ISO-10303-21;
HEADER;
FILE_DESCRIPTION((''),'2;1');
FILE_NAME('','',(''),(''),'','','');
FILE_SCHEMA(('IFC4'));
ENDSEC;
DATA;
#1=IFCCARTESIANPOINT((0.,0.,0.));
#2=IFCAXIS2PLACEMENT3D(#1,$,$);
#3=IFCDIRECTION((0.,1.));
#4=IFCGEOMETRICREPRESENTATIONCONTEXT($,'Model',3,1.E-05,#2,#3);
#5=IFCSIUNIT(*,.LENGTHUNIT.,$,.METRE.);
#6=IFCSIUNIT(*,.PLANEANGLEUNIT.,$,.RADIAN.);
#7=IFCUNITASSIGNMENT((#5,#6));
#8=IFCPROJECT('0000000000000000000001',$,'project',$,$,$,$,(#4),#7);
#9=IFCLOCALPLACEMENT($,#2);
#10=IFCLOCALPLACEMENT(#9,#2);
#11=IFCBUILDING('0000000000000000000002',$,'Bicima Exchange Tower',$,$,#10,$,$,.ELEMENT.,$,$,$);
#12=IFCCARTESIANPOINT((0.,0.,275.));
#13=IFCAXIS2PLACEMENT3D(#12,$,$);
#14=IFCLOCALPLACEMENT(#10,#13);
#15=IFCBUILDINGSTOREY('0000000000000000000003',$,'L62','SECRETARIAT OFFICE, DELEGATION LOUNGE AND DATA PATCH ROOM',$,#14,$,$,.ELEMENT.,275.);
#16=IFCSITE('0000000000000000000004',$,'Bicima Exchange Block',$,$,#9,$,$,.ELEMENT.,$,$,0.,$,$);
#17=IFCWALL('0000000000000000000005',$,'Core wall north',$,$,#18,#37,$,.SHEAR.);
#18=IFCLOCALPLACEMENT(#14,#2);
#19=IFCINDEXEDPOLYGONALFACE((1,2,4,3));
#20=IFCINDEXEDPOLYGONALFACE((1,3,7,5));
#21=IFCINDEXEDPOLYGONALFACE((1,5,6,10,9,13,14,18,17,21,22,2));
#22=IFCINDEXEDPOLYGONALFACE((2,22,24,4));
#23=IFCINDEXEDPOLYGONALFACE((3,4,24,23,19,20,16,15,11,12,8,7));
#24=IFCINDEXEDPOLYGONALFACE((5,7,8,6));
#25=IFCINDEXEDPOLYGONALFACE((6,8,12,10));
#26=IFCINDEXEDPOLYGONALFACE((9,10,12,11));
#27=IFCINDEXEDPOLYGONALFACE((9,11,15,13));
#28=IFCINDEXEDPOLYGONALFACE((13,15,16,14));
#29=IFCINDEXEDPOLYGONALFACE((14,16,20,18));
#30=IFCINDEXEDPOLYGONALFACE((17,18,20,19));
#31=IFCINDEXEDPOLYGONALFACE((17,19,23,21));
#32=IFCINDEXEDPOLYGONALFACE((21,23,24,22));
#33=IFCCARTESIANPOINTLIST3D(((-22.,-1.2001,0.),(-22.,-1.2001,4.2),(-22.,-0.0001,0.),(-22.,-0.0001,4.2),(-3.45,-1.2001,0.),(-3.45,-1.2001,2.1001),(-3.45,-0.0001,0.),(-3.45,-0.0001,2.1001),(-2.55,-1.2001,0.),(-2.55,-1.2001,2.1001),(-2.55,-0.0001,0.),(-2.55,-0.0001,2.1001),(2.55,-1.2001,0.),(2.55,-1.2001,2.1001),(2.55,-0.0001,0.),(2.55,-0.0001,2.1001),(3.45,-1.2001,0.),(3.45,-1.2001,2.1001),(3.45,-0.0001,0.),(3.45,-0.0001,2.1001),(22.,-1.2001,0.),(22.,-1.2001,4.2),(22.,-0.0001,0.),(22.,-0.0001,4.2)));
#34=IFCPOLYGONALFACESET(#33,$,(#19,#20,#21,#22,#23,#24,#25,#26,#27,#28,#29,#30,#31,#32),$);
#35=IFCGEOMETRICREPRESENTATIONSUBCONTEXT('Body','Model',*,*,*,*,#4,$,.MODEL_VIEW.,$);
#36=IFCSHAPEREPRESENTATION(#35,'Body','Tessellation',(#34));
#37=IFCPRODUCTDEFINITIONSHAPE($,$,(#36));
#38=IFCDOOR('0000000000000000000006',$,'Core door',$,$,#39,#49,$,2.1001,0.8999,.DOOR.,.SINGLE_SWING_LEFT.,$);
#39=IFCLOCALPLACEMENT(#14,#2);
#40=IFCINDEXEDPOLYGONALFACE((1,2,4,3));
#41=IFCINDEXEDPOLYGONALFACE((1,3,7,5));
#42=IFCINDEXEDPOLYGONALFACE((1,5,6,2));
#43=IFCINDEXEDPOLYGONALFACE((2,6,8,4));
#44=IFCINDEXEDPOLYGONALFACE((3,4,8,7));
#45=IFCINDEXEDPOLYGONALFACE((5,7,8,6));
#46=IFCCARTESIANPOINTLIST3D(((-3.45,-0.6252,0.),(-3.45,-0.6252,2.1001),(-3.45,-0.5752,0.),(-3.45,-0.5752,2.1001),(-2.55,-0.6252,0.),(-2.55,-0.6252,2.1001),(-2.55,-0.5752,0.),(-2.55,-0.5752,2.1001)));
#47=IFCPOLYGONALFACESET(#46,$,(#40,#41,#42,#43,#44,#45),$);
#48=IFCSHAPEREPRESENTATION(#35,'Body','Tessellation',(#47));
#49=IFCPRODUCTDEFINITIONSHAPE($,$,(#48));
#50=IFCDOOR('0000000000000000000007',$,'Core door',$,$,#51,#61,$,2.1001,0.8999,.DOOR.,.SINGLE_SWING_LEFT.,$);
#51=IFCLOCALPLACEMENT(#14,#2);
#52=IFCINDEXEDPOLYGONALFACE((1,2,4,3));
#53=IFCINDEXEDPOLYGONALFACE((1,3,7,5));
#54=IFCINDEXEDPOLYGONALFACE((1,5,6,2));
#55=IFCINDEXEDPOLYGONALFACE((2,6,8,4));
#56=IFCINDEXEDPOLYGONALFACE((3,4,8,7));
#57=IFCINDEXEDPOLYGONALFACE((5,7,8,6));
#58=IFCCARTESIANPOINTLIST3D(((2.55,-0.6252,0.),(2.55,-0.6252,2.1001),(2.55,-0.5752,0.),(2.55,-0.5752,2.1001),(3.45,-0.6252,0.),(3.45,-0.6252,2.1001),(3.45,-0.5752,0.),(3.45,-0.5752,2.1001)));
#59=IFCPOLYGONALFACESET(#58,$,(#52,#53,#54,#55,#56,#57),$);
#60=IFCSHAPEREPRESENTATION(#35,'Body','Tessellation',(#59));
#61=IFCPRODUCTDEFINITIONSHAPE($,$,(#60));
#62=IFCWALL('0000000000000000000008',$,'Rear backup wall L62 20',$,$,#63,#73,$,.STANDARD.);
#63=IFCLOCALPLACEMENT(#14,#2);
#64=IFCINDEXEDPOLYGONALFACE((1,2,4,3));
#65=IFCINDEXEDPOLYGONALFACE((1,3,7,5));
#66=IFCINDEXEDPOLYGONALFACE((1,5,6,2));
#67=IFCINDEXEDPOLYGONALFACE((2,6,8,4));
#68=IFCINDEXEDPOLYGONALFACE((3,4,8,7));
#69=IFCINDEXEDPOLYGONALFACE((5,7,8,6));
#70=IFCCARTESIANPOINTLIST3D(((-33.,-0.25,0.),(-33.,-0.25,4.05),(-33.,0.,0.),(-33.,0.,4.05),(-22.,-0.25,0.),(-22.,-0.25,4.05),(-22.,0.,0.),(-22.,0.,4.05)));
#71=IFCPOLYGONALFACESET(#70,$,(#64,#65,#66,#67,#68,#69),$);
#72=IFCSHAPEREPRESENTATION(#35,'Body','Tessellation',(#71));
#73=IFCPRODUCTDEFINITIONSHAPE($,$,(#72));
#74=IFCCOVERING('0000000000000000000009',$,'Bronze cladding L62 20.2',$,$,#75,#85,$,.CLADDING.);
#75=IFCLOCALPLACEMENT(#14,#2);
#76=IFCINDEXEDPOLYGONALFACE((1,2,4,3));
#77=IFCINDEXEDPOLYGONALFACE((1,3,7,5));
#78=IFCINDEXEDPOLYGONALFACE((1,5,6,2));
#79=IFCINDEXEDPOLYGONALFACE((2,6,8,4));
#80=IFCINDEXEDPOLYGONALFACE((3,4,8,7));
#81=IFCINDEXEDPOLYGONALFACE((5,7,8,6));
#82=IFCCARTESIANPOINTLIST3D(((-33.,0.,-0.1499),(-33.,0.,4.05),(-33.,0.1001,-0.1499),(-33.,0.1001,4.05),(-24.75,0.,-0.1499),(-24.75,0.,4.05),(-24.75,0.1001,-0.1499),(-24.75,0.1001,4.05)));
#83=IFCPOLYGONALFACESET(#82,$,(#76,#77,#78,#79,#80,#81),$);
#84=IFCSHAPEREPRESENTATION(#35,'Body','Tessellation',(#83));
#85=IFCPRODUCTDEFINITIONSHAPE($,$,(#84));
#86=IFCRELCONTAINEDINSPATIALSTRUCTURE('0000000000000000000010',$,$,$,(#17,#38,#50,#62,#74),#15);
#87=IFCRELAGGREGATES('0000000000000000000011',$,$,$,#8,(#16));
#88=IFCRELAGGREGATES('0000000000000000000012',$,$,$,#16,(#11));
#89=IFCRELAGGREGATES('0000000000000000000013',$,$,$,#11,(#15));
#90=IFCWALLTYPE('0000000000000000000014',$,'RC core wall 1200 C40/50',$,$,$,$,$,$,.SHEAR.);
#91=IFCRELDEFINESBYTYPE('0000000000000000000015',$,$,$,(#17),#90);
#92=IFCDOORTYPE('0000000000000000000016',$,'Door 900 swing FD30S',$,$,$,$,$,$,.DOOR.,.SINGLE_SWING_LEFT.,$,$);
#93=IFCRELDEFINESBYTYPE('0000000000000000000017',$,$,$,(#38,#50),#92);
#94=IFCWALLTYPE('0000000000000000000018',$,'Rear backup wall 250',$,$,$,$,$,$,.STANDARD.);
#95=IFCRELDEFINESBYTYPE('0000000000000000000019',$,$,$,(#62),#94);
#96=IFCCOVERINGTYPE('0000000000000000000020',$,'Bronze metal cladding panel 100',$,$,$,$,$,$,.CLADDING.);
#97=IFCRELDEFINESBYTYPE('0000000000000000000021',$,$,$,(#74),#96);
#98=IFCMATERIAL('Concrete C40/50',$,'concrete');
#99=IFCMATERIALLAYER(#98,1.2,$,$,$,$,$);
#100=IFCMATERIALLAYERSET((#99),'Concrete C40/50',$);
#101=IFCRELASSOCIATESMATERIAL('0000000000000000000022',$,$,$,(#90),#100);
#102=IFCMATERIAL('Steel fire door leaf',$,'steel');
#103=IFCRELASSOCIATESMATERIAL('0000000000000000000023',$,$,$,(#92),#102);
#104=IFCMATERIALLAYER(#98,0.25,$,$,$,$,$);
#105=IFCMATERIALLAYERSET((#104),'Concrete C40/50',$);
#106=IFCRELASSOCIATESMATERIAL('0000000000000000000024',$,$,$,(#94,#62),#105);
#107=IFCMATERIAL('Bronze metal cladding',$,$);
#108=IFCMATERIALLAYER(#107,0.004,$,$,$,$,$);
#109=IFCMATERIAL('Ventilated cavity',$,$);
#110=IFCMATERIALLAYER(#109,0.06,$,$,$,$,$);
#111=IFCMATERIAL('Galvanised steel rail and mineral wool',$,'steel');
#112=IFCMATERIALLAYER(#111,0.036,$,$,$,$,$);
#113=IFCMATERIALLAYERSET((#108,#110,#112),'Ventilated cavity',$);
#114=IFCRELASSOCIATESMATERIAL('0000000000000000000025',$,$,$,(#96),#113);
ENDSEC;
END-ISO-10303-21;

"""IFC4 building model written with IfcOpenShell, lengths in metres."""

from ifc_helpers import new_model, si_unit, direction, frame, frame_2d, origin, origin_2d, place, context, subcontext, project, spatial, rectangle, extrude, material, layer, layer_set, layer_usage, type_object, element, fill, save


model = new_model("IFC4")

# Units and contexts
model_context = context("Model", 3, precision=1e-05, world=origin(), true_north=direction((0.0, 1.0)))
body_context = subcontext(model_context, "Body", "Model", "MODEL_VIEW")
ifc_project = project(units=[si_unit("LENGTHUNIT", "METRE"), si_unit("PLANEANGLEUNIT", "RADIAN")], contexts=[model_context])

# Site, building, storey
site_placement = place(None, origin())
site = spatial("IfcSite", under=ifc_project, at=site_placement, Name="Bicima Exchange Block", CompositionType="ELEMENT", RefElevation=0.0)
building_placement = place(site_placement, origin())
building = spatial("IfcBuilding", under=site, at=building_placement, Name="Bicima Exchange Tower", CompositionType="ELEMENT")
storey_placement = place(building_placement, frame((0.0, 0.0, 275.0)))
storey = spatial("IfcBuildingStorey", under=building, at=storey_placement, Name="L62", Description="SECRETARIAT OFFICE, DELEGATION LOUNGE AND DATA PATCH ROOM", CompositionType="ELEMENT", Elevation=275.0)

# Wall, openings, doors
ifc_material_1 = material(Name="Concrete C40/50", Category="concrete")
ifc_layer_1 = layer(ifc_material_1, 1.2)
ifc_layer_set_1 = layer_set([ifc_layer_1], Name="Concrete C40/50")
wall_type_1 = type_object("IfcWallType", Name="RC core wall 1200 C40/50", PredefinedType="SHEAR", material=ifc_layer_set_1)
wall_1_placement = place(storey_placement, frame((-22.0, -0.6001, 0.0), z_axis=(0.0, 0.0, 1.0), x_axis=(1.0, 0.0, 0.0)))
wall_1 = element("IfcWall", 1, at=wall_1_placement, inside=storey, type_object=wall_type_1, Name="Core wall north", PredefinedType="SHEAR", context=body_context, shape_type="SweptSolid", body=[
    extrude(rectangle(XDim=44.0, YDim=1.2, at=frame_2d((22.0, 0.0))), origin(), (0.0, 0.0, 1.0), 4.2),
])
opening_1_placement = place(wall_1_placement, frame((18.55, 0.0, 0.0)))
opening_1 = element("IfcOpeningElement", 2, at=opening_1_placement, cuts=wall_1, PredefinedType="OPENING", context=body_context, shape_type="SweptSolid", body=[
    extrude(rectangle(XDim=0.8999, YDim=2.1001, at=frame_2d((0.45, 1.05))), frame((0.0, 0.6118, 0.0), z_axis=(0.0, -1.0, 0.0), x_axis=(1.0, 0.0, 0.0)), (0.0, 0.0, 1.0), 1.2239),
])
opening_2_placement = place(wall_1_placement, frame((24.55, 0.0, 0.0)))
opening_2 = element("IfcOpeningElement", 3, at=opening_2_placement, cuts=wall_1, PredefinedType="OPENING", context=body_context, shape_type="SweptSolid", body=[
    extrude(rectangle(XDim=0.8999, YDim=2.1001, at=frame_2d((0.45, 1.05))), frame((0.0, 0.6118, 0.0), z_axis=(0.0, -1.0, 0.0), x_axis=(1.0, 0.0, 0.0)), (0.0, 0.0, 1.0), 1.2239),
])
ifc_material_2 = material(Name="Steel fire door leaf", Category="steel")
door_type = type_object("IfcDoorType", Name="Door 900 swing FD30S", OperationType="SINGLE_SWING_LEFT", PredefinedType="DOOR", material=ifc_material_2)
door_1_placement = place(opening_1_placement, origin())
door_1 = element("IfcDoor", 4, at=door_1_placement, inside=storey, type_object=door_type, Name="Core door", OperationType="SINGLE_SWING_LEFT", OverallHeight=2.1001, OverallWidth=0.8999, PredefinedType="DOOR", context=body_context, shape_type="SweptSolid", body=[
    extrude(rectangle(XDim=0.8999, YDim=2.1001, at=frame_2d((0.45, 1.05))), frame((0.0, 0.0249, 0.0), z_axis=(0.0, -1.0, 0.0), x_axis=(1.0, 0.0, 0.0)), (0.0, 0.0, 1.0), 0.05),
])
fill(opening_1, door_1)
door_2_placement = place(opening_2_placement, origin())
door_2 = element("IfcDoor", 5, at=door_2_placement, inside=storey, type_object=door_type, Name="Core door", OperationType="SINGLE_SWING_LEFT", OverallHeight=2.1001, OverallWidth=0.8999, PredefinedType="DOOR", context=body_context, shape_type="SweptSolid", body=[
    extrude(rectangle(XDim=0.8999, YDim=2.1001, at=frame_2d((0.45, 1.05))), frame((0.0, 0.0249, 0.0), z_axis=(0.0, -1.0, 0.0), x_axis=(1.0, 0.0, 0.0)), (0.0, 0.0, 1.0), 0.05),
])
fill(opening_2, door_2)

# Wall
ifc_layer_2 = layer(ifc_material_1, 0.25)
ifc_layer_set_2 = layer_set([ifc_layer_2], Name="Concrete C40/50")
ifc_layer_usage = layer_usage(ifc_layer_set_2, "AXIS2", "POSITIVE", -0.125)
wall_type_2 = type_object("IfcWallType", Name="Rear backup wall 250", PredefinedType="STANDARD", material=ifc_layer_set_2)
wall_2_placement = place(storey_placement, frame((-22.0, -0.125, 0.0), z_axis=(0.0, 0.0, 1.0), x_axis=(-1.0, 0.0, 0.0)))
element("IfcWall", 6, at=wall_2_placement, inside=storey, type_object=wall_type_2, material=ifc_layer_usage, Name="Rear backup wall L62 20", PredefinedType="STANDARD", context=body_context, shape_type="SweptSolid", body=[
    extrude(rectangle(XDim=11.0, YDim=0.25, at=frame_2d((5.5, 0.0))), origin(), (0.0, 0.0, 1.0), 4.05),
])

# Covering
ifc_material_3 = material(Name="Bronze metal cladding")
ifc_layer_3 = layer(ifc_material_3, 0.004)
ifc_material_4 = material(Name="Ventilated cavity")
ifc_layer_4 = layer(ifc_material_4, 0.06)
ifc_material_5 = material(Name="Galvanised steel rail and mineral wool", Category="steel")
ifc_layer_5 = layer(ifc_material_5, 0.036)
ifc_layer_set_3 = layer_set([ifc_layer_3, ifc_layer_4, ifc_layer_5], Name="Ventilated cavity")
covering_type = type_object("IfcCoveringType", Name="Bronze metal cladding panel 100", PredefinedType="CLADDING", material=ifc_layer_set_3)
covering_placement = place(storey_placement, frame((-28.875, 0.05, -0.1499), z_axis=(0.0, 0.0, 1.0), x_axis=(-1.0, 0.0, 0.0)))
element("IfcCovering", 7, at=covering_placement, inside=storey, type_object=covering_type, Name="Bronze cladding L62 20.2", PredefinedType="CLADDING", context=body_context, shape_type="SweptSolid", body=[
    extrude(rectangle(XDim=8.25, YDim=0.1001, at=origin_2d()), origin(), (0.0, 0.0, 1.0), 4.2),
])

save(model, "model.ifc")
